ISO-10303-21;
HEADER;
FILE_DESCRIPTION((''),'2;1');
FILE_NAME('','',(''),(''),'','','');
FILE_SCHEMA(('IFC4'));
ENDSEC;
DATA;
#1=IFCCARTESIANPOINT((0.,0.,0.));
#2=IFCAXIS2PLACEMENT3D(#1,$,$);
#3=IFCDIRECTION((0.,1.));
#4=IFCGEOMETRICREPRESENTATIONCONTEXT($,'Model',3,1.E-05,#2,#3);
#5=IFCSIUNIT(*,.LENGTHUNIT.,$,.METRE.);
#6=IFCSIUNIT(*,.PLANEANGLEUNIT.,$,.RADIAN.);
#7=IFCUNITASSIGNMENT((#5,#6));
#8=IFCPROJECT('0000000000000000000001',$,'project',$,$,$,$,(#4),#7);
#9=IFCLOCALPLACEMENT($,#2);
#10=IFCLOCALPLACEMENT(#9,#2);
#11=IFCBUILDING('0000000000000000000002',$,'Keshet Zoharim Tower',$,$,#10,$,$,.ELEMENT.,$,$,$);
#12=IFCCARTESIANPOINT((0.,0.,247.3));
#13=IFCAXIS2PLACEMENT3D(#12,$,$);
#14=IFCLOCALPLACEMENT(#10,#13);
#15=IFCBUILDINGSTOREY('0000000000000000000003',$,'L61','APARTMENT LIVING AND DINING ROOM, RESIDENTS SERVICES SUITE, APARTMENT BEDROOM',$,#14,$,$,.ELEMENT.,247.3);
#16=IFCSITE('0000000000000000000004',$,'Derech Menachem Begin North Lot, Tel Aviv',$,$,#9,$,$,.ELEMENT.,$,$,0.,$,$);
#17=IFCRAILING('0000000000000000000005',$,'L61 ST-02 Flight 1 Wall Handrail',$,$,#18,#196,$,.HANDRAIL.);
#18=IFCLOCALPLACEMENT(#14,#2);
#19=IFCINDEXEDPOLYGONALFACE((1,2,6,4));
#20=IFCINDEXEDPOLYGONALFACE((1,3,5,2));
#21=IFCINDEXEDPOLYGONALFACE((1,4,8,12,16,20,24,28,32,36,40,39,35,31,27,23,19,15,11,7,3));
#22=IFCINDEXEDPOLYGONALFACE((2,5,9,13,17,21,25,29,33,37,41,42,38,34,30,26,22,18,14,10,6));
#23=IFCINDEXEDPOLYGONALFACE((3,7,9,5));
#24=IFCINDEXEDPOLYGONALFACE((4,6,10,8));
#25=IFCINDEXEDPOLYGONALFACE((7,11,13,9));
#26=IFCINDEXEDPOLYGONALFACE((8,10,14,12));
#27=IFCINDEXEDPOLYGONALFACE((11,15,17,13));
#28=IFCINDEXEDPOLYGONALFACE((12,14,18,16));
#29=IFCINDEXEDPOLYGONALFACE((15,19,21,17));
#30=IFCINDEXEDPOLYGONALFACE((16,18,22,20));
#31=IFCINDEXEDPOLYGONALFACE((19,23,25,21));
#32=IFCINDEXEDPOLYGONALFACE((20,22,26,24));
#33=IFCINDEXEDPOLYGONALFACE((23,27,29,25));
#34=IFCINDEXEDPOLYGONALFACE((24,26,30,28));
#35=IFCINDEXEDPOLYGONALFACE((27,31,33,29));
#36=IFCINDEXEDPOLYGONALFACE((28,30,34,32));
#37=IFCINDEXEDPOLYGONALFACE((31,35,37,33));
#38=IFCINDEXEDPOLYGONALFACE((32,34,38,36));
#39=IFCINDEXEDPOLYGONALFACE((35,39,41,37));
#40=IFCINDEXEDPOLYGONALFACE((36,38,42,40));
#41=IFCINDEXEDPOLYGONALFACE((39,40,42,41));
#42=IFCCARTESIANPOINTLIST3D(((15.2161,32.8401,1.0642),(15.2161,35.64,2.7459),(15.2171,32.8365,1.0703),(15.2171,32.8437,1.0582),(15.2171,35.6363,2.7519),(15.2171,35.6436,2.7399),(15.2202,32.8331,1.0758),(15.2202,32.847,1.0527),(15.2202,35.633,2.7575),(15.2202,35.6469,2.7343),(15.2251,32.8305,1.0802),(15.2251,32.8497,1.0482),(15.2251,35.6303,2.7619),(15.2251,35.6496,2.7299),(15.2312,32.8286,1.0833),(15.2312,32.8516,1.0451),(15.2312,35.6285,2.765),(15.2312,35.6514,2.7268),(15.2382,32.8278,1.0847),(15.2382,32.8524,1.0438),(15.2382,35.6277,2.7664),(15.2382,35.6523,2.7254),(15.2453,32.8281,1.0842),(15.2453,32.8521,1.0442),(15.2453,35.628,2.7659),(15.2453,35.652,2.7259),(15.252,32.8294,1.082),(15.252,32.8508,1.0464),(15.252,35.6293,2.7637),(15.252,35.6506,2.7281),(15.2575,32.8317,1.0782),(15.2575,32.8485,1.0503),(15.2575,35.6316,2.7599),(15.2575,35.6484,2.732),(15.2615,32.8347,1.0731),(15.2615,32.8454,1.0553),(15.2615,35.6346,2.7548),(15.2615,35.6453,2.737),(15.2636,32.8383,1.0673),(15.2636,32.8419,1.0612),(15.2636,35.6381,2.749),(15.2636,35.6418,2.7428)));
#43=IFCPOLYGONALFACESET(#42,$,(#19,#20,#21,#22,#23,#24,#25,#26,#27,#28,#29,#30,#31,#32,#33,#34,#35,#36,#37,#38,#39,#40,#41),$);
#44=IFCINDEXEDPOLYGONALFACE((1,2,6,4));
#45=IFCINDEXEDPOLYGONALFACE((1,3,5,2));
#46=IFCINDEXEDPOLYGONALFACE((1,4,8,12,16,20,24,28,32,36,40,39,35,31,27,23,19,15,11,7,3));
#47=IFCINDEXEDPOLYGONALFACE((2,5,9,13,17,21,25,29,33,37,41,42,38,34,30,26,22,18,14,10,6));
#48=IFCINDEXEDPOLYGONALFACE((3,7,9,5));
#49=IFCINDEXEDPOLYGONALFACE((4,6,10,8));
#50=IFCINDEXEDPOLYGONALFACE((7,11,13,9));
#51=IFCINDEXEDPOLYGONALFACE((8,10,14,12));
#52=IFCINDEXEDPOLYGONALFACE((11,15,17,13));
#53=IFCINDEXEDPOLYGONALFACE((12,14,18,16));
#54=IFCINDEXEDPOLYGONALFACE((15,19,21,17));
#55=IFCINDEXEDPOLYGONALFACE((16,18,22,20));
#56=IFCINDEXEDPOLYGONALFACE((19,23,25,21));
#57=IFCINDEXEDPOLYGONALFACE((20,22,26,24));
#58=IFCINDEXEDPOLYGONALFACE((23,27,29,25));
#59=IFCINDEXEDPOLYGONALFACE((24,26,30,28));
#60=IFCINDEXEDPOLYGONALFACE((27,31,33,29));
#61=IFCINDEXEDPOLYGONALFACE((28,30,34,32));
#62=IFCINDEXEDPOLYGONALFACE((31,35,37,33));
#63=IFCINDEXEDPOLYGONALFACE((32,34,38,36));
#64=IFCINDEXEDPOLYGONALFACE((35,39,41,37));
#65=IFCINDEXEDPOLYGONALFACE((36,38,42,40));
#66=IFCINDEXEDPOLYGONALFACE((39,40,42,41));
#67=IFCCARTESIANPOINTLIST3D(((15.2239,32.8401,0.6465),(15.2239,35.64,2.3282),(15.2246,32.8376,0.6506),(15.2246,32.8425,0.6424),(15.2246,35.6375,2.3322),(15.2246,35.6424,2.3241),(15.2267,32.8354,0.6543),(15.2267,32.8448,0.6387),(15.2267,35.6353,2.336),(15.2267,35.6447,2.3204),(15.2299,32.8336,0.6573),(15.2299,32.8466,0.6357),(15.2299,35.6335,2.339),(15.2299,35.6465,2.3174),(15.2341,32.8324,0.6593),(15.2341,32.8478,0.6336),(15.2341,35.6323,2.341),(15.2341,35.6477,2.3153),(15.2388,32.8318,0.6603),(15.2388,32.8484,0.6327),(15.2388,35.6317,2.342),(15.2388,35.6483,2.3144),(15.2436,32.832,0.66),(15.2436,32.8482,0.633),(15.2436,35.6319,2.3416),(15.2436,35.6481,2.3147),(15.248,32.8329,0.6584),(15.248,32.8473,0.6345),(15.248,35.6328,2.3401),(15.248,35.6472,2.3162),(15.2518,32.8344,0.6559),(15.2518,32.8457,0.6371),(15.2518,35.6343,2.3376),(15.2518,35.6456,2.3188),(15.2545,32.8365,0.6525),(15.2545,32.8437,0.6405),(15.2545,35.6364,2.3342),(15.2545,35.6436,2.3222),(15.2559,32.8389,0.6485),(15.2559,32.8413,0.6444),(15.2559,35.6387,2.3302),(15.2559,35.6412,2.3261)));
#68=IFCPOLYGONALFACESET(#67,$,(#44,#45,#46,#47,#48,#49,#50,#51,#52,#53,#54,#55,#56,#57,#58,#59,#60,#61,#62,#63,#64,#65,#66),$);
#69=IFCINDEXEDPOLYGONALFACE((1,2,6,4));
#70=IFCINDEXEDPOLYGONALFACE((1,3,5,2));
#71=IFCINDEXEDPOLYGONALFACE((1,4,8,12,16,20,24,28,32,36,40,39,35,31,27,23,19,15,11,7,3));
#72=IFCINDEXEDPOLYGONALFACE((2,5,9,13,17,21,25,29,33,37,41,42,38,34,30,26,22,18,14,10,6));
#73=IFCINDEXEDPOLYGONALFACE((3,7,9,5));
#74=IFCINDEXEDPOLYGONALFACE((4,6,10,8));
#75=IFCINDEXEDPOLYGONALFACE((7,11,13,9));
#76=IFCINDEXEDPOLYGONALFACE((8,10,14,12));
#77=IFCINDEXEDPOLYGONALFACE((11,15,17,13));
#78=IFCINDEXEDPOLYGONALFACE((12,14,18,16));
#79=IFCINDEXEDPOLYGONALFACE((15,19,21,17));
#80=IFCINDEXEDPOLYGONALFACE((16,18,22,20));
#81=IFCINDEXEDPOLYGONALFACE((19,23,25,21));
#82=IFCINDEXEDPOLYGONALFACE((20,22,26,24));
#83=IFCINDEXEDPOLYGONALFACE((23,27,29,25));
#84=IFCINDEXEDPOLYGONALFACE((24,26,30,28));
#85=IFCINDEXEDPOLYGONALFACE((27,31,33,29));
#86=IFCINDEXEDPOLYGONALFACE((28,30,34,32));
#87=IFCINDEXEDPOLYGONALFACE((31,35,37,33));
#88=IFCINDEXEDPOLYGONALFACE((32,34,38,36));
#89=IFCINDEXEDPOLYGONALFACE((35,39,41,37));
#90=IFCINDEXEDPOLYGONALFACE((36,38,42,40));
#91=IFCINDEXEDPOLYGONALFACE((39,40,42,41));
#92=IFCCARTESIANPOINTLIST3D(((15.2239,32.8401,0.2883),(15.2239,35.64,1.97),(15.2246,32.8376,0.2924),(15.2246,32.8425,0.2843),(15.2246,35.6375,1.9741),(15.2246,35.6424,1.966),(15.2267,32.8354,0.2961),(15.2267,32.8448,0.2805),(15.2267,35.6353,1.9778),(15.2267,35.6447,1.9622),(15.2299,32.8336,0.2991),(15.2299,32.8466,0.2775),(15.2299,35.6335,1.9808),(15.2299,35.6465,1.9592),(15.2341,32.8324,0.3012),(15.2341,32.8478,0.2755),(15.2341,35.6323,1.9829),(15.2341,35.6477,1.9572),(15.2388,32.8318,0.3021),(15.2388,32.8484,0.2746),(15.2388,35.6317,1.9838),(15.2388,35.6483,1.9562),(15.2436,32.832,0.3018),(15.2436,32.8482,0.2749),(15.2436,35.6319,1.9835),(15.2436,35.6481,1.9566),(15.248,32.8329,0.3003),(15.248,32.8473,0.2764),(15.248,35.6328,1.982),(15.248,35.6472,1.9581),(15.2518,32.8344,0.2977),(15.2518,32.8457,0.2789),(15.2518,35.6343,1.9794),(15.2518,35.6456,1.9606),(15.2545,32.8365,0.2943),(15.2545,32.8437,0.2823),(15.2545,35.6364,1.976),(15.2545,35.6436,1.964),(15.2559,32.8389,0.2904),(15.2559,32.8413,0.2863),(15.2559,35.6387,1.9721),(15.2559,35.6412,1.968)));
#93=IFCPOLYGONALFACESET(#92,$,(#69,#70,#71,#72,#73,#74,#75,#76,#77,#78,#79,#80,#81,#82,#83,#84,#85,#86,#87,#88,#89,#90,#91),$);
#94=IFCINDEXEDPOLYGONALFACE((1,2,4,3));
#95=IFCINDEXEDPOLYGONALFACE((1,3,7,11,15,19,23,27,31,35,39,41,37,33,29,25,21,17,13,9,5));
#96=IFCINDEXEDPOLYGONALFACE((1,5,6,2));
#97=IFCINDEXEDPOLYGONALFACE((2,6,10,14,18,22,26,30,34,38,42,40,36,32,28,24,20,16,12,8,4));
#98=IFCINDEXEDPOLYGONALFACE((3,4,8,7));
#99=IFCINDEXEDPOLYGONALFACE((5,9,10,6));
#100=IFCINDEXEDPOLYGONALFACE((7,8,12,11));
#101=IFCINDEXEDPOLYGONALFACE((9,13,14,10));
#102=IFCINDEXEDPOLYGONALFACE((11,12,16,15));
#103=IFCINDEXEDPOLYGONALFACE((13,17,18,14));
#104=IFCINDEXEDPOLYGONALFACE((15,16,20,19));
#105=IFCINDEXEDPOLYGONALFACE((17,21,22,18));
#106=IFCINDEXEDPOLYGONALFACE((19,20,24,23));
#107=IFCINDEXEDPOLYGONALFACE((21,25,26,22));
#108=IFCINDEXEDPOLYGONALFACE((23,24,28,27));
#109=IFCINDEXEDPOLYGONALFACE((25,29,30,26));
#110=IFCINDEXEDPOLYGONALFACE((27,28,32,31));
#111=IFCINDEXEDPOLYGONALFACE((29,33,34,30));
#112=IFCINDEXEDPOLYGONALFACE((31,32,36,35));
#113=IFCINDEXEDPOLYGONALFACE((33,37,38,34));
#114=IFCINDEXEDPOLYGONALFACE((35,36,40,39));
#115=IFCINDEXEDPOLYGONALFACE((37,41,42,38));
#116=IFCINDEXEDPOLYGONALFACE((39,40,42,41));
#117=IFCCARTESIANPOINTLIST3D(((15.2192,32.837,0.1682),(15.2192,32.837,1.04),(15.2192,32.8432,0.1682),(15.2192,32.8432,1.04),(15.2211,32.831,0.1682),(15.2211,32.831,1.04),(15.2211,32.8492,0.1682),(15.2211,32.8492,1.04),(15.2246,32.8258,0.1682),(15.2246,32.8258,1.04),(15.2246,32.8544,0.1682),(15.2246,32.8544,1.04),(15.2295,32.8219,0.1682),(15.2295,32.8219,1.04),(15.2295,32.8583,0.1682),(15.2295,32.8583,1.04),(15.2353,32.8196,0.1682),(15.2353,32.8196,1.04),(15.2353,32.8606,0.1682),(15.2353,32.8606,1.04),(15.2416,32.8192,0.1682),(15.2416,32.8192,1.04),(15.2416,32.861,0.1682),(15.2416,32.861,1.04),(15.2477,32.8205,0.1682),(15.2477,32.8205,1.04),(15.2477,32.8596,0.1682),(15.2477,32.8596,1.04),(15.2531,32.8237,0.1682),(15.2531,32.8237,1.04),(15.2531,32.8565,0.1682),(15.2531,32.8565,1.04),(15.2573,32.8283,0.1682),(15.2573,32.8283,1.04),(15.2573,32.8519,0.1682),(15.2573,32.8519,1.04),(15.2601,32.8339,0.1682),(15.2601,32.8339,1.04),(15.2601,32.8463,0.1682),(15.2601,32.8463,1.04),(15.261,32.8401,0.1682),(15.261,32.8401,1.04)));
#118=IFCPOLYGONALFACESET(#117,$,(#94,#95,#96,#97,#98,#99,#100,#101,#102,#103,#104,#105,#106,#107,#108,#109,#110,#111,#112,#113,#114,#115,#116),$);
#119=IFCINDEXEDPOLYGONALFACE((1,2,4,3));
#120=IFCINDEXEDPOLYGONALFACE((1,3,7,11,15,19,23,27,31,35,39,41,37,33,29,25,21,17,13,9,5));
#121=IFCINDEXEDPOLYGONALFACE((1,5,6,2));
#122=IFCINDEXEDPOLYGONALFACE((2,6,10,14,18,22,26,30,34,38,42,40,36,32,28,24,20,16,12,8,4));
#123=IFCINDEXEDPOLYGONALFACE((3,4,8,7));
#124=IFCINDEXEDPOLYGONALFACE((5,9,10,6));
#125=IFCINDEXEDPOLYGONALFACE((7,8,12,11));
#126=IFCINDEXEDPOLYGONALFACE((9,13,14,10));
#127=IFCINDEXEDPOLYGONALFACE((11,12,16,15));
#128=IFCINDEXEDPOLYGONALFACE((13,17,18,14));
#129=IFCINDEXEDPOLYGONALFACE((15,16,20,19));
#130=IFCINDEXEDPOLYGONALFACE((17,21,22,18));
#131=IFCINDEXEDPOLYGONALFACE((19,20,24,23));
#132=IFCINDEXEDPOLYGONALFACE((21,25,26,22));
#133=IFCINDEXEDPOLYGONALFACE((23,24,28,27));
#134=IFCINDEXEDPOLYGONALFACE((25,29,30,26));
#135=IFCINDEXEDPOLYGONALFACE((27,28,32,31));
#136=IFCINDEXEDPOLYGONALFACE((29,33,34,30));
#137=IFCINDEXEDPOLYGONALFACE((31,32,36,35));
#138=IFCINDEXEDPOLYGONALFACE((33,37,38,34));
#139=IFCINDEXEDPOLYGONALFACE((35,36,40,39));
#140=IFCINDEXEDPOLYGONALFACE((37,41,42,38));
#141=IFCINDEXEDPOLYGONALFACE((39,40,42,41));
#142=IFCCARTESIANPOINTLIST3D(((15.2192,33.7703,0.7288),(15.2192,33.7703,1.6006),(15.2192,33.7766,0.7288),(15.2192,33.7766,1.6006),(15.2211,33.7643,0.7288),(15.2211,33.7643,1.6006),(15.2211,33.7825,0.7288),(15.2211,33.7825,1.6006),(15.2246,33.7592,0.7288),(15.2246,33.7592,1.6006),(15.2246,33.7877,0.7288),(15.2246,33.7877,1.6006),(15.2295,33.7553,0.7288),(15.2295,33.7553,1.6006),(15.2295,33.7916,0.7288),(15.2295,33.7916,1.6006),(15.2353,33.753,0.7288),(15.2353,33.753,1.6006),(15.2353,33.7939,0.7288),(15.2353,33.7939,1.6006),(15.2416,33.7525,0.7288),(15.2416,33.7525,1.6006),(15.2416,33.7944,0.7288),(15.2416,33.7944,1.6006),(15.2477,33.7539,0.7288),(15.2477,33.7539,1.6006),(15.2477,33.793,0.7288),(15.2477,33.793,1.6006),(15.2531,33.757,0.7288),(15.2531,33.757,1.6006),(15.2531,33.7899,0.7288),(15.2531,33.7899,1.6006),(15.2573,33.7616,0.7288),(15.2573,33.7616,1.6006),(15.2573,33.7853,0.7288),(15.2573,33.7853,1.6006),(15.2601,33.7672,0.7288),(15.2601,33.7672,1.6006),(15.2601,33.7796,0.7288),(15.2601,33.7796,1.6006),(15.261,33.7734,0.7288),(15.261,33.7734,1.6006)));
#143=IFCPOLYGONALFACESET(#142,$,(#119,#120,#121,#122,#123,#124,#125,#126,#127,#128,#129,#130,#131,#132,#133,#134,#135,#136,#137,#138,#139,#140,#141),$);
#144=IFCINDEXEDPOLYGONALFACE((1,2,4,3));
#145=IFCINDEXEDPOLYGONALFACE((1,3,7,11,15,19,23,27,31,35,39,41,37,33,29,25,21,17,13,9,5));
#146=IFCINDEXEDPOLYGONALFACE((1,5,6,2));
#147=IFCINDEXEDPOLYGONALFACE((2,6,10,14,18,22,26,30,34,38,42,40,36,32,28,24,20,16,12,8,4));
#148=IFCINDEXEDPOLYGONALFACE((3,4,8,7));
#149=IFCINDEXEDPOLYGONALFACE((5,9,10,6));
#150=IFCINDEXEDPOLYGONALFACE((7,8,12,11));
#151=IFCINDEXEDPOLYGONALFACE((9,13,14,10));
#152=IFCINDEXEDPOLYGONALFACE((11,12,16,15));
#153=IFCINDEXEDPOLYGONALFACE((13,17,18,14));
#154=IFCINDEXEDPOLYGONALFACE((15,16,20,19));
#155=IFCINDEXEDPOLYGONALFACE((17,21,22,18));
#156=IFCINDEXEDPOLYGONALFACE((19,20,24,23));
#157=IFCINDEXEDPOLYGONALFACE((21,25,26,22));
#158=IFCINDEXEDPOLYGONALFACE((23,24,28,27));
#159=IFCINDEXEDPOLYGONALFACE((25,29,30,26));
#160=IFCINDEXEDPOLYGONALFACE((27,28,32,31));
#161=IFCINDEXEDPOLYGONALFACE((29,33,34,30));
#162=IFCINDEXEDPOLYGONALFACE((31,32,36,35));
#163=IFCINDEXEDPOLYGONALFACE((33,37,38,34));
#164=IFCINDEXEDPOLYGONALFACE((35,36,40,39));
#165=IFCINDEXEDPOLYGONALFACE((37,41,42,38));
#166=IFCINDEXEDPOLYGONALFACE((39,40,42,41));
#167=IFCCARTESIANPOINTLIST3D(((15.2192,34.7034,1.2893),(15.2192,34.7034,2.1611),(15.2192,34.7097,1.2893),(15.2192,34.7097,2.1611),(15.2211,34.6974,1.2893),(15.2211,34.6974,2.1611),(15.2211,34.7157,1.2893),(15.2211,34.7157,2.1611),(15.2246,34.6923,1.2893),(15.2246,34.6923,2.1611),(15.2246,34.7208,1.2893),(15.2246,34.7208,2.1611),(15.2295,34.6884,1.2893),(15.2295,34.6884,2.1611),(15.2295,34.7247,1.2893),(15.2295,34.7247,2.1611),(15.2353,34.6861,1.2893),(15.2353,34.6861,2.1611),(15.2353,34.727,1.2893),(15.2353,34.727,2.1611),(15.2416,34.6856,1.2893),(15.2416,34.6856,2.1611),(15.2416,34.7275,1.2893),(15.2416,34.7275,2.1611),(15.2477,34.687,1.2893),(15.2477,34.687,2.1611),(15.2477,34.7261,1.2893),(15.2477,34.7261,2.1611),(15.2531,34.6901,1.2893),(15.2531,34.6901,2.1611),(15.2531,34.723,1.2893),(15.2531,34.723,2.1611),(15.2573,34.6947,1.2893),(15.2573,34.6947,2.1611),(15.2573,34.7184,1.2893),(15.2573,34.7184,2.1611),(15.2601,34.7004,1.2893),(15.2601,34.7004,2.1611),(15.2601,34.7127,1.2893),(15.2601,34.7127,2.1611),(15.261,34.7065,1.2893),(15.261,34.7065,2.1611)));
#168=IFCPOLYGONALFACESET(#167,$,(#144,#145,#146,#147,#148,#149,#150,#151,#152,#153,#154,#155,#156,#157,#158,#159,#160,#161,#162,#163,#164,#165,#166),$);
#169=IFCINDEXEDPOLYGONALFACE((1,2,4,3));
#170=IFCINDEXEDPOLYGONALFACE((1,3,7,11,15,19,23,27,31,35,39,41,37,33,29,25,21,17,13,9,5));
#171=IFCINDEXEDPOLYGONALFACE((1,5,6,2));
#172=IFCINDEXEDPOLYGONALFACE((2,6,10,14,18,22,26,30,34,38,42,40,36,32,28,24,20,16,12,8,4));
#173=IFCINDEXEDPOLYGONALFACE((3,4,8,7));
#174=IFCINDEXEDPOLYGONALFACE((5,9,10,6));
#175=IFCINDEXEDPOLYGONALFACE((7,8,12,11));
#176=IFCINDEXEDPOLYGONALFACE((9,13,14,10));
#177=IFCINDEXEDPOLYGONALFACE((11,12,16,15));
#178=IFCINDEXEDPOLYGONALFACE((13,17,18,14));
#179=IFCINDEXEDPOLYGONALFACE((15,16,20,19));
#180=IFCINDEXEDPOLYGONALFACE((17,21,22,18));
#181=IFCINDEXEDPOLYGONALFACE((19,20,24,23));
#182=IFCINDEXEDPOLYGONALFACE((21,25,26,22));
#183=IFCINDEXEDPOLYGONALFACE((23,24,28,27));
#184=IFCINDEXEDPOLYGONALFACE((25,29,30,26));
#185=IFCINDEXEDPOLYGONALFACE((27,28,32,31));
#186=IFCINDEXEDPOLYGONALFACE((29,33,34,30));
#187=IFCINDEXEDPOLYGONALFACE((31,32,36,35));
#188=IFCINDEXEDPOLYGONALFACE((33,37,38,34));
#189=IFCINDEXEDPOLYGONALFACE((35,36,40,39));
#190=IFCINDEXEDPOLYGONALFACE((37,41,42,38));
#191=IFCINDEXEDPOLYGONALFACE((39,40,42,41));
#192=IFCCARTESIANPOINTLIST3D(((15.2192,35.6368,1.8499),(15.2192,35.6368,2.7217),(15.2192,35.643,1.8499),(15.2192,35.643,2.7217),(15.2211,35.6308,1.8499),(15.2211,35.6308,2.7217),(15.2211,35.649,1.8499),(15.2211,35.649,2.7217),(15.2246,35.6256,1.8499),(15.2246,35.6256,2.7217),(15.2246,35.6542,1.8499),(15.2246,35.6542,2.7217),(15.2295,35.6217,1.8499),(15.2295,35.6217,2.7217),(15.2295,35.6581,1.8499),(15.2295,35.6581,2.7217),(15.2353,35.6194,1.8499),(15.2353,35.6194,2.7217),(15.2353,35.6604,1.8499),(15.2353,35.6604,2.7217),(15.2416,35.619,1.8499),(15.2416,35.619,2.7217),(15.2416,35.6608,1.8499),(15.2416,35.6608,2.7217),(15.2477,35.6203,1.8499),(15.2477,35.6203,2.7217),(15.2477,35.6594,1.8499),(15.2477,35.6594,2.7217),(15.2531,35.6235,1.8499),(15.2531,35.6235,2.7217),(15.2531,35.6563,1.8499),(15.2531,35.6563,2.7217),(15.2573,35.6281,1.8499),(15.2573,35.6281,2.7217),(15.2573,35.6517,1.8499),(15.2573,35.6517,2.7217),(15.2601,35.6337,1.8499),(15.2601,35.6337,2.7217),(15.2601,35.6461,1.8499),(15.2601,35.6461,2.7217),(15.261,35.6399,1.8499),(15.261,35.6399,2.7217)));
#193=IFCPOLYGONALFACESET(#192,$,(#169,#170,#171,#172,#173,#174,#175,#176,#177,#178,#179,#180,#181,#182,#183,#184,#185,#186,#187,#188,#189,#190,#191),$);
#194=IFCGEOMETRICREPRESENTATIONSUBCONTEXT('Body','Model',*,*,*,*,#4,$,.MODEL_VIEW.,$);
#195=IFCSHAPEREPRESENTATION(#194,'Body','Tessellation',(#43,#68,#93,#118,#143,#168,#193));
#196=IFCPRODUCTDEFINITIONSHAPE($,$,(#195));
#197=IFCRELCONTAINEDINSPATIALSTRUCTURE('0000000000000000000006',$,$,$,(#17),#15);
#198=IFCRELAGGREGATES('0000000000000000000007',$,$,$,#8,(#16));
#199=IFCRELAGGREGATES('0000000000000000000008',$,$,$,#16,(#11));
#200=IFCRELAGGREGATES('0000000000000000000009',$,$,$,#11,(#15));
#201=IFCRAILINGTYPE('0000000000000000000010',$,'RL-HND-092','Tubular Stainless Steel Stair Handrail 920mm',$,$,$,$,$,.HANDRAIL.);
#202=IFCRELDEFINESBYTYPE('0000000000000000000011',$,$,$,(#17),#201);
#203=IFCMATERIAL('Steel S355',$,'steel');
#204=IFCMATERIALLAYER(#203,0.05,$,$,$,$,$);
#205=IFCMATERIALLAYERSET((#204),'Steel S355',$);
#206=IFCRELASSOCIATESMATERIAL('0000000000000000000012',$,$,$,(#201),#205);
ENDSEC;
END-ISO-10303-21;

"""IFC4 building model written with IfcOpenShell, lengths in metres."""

from ifc_helpers import new_model, si_unit, direction, frame, origin, origin_2d, place, context, subcontext, project, spatial, circle, extrude, material, layer, layer_set, type_object, element, save


model = new_model("IFC4")

# Units and contexts
model_context = context("Model", 3, precision=1e-05, world=origin(), true_north=direction((0.0, 1.0)))
body_context = subcontext(model_context, "Body", "Model", "MODEL_VIEW")
ifc_project = project(units=[si_unit("LENGTHUNIT", "METRE"), si_unit("PLANEANGLEUNIT", "RADIAN")], contexts=[model_context])

# Site, building, storey
site_placement = place(None, origin())
site = spatial("IfcSite", under=ifc_project, at=site_placement, Name="Derech Menachem Begin North Lot, Tel Aviv", CompositionType="ELEMENT", RefElevation=0.0)
building_placement = place(site_placement, origin())
building = spatial("IfcBuilding", under=site, at=building_placement, Name="Keshet Zoharim Tower", CompositionType="ELEMENT")
storey_placement = place(building_placement, frame((0.0, 0.0, 247.3)))
storey = spatial("IfcBuildingStorey", under=building, at=storey_placement, Name="L61", Description="APARTMENT LIVING AND DINING ROOM, RESIDENTS SERVICES SUITE, APARTMENT BEDROOM", CompositionType="ELEMENT", Elevation=247.3)

# Shared definitions
ifc_material_1 = material(Name="Steel S355", Category="steel")

# Railing
ifc_layer_1 = layer(ifc_material_1, 0.05)
ifc_layer_set_1 = layer_set([ifc_layer_1], Name="Steel S355")
railing_type_1 = type_object("IfcRailingType", Name="RL-HND-092", Description="Tubular Stainless Steel Stair Handrail 920mm", PredefinedType="HANDRAIL", material=ifc_layer_set_1)
railing_1_placement = place(storey_placement, frame((15.24, 32.8401, 0.1682)))
element("IfcRailing", 1, at=railing_1_placement, inside=storey, type_object=railing_type_1, Name="L61 ST-02 Flight 1 Wall Handrail", PredefinedType="HANDRAIL", context=body_context, shape_type="SweptSolid", body=[
    extrude(circle(Radius=0.0239, at=origin_2d()), frame((0.0, 0.0, 0.896), z_axis=(0.0, 0.857255, 0.514891), x_axis=(-1.0, 0.0, 0.0)), (0.0, 0.0, 1.0), 3.2661),
    extrude(circle(Radius=0.0161, at=origin_2d()), frame((0.0, 0.0, 0.4783), z_axis=(0.0, 0.857255, 0.514891), x_axis=(-1.0, 0.0, 0.0)), (0.0, 0.0, 1.0), 3.2661),
    extrude(circle(Radius=0.0161, at=origin_2d()), frame((0.0, 0.0, 0.1201), z_axis=(0.0, 0.857255, 0.514891), x_axis=(-1.0, 0.0, 0.0)), (0.0, 0.0, 1.0), 3.2661),
    extrude(circle(Radius=0.021, at=origin_2d()), origin(), (0.0, 0.0, 1.0), 0.8718),
    extrude(circle(Radius=0.021, at=origin_2d()), frame((0.0, 0.9333, 0.5605)), (0.0, 0.0, 1.0), 0.8718),
    extrude(circle(Radius=0.021, at=origin_2d()), frame((0.0, 1.8665, 1.1211)), (0.0, 0.0, 1.0), 0.8718),
    extrude(circle(Radius=0.021, at=origin_2d()), frame((0.0, 2.7998, 1.6816)), (0.0, 0.0, 1.0), 0.8718),
])

save(model, "model.ifc")
